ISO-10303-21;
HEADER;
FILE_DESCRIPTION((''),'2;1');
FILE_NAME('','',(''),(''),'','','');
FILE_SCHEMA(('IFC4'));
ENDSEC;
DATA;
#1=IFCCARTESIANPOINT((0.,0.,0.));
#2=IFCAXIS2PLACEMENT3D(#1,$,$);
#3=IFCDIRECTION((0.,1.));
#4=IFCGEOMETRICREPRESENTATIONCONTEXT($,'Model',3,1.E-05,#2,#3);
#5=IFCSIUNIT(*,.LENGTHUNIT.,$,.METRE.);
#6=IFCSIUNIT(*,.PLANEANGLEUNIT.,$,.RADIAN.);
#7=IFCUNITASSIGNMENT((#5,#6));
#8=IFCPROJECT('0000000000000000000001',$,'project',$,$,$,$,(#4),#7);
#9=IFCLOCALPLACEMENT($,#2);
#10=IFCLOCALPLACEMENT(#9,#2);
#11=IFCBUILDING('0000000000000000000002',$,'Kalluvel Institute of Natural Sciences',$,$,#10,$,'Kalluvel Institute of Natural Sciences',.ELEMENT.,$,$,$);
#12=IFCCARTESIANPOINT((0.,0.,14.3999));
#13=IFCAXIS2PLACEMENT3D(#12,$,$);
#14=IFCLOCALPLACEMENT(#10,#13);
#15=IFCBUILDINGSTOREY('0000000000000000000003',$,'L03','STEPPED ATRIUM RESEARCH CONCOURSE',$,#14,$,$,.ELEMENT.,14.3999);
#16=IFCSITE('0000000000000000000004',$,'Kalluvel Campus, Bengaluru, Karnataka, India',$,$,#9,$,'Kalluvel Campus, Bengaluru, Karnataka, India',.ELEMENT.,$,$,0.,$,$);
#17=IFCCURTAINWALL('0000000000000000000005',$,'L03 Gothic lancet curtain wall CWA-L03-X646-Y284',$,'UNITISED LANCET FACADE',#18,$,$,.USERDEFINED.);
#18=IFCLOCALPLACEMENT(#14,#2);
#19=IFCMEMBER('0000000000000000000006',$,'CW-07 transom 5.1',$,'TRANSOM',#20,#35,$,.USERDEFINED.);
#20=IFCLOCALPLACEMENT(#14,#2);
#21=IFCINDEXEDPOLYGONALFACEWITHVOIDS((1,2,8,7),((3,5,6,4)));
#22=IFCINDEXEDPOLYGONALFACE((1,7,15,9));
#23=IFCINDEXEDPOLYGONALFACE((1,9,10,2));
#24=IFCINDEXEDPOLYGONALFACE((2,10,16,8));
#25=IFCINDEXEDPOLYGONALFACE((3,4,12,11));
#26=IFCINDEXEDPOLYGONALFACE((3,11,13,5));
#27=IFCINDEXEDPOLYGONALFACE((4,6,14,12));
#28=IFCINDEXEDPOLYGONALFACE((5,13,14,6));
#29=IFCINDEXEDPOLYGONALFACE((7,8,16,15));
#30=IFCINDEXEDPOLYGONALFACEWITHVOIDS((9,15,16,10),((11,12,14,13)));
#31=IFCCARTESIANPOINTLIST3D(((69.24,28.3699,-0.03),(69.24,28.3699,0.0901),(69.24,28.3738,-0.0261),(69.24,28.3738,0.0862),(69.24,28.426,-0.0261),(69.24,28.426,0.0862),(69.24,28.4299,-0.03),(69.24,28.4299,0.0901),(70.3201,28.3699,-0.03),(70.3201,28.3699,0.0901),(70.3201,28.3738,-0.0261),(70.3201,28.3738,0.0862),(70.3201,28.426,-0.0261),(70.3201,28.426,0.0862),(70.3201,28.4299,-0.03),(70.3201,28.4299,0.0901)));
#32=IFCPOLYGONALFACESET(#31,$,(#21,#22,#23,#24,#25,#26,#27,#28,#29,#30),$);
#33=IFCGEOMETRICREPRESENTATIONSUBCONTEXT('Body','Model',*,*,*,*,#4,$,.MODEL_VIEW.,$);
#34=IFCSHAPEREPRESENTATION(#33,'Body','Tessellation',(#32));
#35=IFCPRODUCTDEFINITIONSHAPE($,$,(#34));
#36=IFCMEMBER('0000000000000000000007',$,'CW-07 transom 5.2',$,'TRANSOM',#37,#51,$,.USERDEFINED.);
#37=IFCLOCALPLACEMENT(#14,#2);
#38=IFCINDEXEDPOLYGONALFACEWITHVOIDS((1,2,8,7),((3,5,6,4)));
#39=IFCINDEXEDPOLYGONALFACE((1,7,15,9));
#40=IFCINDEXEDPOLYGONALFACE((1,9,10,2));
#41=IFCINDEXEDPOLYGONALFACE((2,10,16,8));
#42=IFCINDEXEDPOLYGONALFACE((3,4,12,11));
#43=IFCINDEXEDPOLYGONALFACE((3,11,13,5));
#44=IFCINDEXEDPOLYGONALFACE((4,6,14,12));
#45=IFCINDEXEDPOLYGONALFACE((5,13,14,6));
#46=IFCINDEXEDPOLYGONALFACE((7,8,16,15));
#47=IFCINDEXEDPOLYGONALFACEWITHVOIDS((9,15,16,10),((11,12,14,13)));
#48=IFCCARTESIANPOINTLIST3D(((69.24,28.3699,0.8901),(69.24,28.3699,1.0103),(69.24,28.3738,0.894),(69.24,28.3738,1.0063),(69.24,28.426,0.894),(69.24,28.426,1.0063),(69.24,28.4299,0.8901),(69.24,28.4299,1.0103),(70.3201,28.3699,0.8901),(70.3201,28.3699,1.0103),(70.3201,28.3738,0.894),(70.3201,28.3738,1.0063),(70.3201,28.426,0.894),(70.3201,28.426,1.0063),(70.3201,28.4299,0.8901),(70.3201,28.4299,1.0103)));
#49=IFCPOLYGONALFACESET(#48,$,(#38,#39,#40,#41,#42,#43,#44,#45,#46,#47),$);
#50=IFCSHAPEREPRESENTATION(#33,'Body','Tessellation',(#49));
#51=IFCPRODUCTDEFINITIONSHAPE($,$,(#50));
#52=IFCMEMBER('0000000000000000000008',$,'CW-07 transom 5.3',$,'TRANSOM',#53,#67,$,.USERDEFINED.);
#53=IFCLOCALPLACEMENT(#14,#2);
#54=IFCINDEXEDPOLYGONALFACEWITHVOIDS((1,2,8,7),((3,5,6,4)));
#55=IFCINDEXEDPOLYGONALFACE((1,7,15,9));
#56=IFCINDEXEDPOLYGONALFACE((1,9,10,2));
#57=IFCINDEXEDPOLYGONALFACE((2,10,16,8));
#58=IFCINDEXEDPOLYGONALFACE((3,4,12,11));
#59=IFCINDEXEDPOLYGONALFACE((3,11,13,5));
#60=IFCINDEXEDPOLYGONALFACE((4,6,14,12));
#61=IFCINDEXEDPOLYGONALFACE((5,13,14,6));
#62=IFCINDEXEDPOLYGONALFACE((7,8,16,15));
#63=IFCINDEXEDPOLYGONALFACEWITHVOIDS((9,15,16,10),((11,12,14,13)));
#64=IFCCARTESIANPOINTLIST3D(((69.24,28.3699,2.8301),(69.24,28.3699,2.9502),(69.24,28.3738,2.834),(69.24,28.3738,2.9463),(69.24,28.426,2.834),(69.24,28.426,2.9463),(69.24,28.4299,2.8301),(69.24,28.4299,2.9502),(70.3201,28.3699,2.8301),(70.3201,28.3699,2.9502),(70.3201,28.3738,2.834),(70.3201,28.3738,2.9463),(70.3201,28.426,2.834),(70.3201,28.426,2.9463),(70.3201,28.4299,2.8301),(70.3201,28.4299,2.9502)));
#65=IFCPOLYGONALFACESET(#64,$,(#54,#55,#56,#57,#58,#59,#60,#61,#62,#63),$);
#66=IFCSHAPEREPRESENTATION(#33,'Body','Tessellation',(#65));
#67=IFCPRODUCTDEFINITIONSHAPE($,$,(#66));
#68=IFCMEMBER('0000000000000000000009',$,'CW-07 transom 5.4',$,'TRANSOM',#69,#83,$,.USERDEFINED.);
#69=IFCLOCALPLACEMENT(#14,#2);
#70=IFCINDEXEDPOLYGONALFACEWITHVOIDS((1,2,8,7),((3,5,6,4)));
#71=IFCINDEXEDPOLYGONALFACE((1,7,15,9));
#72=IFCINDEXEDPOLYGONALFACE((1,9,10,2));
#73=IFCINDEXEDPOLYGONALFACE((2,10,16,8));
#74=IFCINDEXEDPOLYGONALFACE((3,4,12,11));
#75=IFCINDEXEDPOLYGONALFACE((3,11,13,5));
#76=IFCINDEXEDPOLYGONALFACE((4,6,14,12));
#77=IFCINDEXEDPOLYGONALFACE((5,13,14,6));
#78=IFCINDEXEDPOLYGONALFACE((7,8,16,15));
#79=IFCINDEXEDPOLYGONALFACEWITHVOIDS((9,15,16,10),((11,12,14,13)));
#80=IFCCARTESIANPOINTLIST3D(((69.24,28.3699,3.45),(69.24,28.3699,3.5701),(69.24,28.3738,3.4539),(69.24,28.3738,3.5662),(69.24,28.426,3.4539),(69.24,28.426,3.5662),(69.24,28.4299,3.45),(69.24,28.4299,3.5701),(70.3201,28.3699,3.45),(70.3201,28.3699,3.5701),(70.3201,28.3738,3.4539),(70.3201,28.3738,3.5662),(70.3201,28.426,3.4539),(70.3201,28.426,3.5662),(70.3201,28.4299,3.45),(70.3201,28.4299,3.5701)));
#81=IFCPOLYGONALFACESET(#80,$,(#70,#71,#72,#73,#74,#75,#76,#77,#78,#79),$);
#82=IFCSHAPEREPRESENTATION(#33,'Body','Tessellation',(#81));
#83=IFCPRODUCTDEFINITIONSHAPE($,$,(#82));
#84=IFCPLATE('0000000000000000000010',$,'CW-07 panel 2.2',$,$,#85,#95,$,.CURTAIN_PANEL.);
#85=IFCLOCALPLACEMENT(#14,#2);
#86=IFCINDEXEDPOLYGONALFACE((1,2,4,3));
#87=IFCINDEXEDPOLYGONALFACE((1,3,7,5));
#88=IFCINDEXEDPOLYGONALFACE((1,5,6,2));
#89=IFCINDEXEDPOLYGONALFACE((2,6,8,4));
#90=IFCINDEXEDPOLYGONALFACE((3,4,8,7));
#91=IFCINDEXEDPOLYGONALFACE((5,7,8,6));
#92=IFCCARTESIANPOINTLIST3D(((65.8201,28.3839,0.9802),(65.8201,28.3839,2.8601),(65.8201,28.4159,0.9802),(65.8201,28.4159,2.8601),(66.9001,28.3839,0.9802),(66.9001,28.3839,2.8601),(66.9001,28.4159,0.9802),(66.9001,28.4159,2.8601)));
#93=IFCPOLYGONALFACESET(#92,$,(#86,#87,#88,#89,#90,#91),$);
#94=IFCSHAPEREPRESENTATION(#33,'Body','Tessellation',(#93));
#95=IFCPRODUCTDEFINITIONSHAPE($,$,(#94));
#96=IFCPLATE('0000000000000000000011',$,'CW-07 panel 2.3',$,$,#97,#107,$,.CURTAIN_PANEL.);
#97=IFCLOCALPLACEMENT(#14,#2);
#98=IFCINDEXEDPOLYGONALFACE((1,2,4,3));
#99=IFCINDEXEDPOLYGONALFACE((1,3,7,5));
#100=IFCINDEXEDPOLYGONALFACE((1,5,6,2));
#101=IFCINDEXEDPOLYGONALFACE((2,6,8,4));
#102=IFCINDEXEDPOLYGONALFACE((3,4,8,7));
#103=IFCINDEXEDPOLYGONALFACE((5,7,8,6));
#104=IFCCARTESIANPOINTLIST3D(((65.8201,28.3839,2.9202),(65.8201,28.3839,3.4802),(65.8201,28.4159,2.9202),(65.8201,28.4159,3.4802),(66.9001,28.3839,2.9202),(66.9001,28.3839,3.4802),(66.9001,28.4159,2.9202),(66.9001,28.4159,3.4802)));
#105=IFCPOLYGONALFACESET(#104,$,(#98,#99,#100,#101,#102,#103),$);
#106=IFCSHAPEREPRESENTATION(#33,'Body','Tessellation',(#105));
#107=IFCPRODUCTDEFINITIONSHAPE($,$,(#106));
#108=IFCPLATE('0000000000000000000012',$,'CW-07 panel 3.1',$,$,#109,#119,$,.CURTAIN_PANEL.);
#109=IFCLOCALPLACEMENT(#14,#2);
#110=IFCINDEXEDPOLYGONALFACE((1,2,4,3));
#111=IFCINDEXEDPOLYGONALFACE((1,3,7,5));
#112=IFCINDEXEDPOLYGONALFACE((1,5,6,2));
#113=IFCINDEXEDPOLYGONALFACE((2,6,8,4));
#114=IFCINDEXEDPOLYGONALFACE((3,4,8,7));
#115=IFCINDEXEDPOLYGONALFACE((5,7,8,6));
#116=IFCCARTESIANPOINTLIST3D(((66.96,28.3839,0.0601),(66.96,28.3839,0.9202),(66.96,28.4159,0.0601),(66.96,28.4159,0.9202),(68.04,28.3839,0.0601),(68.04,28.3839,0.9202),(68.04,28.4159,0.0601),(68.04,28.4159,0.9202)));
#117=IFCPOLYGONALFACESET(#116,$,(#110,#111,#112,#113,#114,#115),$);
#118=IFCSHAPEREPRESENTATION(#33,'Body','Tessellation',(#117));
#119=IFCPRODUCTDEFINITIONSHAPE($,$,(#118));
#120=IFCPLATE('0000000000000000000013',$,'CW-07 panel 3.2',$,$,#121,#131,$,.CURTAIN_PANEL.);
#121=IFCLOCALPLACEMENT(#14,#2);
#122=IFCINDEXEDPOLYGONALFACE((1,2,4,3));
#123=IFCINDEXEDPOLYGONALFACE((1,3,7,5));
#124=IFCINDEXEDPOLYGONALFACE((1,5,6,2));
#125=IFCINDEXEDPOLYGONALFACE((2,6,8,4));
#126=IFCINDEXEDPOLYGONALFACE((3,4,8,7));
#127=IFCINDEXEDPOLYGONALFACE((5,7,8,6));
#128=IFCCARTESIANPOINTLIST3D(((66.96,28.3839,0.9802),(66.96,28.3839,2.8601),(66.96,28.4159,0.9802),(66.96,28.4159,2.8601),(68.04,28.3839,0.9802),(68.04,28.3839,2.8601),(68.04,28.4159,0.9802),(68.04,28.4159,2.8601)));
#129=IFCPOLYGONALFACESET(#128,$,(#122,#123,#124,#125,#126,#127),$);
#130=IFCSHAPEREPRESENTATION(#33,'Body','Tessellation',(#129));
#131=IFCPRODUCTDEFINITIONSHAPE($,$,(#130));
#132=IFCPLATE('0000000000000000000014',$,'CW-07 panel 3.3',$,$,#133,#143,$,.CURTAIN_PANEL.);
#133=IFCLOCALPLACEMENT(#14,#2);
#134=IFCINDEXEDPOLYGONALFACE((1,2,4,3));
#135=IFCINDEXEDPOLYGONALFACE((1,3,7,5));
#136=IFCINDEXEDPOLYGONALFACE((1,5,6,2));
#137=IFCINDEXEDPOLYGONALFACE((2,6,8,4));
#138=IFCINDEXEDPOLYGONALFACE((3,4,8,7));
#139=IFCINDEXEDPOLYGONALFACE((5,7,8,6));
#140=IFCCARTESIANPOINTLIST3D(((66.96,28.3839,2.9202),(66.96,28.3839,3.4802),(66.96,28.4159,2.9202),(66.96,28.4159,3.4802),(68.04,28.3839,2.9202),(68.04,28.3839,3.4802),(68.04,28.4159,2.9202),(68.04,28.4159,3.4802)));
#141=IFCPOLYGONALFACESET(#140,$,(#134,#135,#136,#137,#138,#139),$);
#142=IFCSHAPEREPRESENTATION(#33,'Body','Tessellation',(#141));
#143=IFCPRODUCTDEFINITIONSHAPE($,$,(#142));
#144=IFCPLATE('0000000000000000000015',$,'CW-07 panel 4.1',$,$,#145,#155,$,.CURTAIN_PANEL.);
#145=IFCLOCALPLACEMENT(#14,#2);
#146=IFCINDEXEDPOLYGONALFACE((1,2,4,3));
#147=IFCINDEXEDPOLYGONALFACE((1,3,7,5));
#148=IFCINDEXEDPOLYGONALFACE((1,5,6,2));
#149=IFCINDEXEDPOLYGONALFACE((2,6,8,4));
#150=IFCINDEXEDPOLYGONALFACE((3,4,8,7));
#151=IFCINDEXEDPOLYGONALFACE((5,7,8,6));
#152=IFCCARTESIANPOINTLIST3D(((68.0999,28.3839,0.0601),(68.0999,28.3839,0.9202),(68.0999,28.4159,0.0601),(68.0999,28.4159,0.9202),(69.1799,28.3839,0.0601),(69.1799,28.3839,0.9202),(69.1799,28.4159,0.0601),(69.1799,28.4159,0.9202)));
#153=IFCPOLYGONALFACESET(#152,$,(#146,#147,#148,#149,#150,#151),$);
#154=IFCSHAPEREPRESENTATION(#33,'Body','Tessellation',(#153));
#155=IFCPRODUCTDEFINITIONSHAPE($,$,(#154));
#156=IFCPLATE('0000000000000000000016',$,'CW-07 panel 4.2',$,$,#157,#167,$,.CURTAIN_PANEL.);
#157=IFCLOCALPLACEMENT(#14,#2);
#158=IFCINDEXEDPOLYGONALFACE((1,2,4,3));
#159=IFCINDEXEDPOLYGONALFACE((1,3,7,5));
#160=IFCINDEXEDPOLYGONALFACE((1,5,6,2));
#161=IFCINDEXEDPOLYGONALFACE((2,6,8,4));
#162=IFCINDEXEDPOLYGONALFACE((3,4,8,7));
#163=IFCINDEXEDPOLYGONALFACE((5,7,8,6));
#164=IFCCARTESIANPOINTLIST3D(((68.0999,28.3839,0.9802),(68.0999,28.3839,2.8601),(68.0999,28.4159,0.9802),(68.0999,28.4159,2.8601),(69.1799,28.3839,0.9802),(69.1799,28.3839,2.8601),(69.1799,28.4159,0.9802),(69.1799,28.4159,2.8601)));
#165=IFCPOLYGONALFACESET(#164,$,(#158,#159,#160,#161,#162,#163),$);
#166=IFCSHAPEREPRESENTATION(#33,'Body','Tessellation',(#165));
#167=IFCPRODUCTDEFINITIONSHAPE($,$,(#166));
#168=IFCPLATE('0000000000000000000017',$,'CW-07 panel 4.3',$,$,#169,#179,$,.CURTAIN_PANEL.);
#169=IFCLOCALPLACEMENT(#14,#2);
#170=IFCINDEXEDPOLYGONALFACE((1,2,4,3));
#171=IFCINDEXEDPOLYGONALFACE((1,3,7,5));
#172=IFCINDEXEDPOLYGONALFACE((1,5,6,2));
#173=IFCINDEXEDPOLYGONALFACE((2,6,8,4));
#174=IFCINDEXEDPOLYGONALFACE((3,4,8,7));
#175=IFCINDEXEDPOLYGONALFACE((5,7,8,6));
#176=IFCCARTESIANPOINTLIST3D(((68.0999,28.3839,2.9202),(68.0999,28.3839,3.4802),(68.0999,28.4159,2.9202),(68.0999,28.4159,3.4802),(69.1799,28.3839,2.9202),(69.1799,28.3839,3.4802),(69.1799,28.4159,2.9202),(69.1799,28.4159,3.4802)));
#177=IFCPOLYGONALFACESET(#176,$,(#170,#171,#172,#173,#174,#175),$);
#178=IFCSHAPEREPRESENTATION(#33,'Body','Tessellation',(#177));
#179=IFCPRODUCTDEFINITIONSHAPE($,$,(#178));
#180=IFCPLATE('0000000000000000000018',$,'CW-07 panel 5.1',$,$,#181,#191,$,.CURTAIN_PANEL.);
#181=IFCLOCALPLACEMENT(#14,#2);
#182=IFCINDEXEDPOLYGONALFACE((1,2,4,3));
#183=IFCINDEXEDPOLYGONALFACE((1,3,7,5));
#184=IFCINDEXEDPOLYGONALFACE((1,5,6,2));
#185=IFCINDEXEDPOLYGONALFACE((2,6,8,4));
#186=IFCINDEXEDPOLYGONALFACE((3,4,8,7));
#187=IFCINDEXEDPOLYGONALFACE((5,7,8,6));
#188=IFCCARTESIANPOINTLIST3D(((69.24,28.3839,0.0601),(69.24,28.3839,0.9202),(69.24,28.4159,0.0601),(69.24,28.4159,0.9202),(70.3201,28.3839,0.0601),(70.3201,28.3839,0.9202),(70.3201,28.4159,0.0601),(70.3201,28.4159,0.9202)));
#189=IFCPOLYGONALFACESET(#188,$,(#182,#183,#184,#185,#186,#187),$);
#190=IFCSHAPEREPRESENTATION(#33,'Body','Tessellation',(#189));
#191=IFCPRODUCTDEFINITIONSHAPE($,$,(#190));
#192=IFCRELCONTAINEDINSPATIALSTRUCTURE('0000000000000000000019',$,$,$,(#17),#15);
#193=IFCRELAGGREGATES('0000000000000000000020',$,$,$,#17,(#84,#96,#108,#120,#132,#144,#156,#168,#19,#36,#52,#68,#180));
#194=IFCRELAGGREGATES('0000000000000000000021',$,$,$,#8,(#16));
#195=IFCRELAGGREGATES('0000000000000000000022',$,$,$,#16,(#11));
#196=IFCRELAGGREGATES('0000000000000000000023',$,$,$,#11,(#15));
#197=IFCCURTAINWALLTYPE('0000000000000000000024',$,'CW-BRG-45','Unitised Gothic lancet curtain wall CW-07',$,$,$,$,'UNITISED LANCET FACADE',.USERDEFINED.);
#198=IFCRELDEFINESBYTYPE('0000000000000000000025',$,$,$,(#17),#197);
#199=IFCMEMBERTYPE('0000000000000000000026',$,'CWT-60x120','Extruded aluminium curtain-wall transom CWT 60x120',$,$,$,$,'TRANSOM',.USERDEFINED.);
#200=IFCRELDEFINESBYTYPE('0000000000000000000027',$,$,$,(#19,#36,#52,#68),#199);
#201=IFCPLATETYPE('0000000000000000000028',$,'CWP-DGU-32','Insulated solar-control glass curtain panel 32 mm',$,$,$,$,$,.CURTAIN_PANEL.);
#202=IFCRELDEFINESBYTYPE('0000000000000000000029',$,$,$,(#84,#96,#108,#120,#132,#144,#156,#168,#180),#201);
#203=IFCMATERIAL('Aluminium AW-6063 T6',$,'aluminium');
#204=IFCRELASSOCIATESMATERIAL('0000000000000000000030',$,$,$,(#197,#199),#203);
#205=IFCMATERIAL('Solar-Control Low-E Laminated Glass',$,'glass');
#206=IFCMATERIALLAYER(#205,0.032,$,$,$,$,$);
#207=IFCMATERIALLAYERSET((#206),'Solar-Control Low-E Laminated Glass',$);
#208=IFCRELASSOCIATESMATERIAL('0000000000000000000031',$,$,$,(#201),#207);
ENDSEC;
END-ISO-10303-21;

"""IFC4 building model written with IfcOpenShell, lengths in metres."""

from ifc_helpers import new_model, si_unit, direction, frame, origin, origin_2d, place, context, subcontext, project, spatial, rectangle, hollow_rectangle, extrude, material, layer, layer_set, material_profile, profile_set, type_object, element, aggregate, save


model = new_model("IFC4")

# Units and contexts
model_context = context("Model", 3, precision=1e-05, world=origin(), true_north=direction((0.0, 1.0)))
body_context = subcontext(model_context, "Body", "Model", "MODEL_VIEW")
ifc_project = project(units=[si_unit("LENGTHUNIT", "METRE"), si_unit("PLANEANGLEUNIT", "RADIAN")], contexts=[model_context])

# Site, building, storey
site_placement = place(None, origin())
site = spatial("IfcSite", under=ifc_project, at=site_placement, Name="Kalluvel Campus, Bengaluru, Karnataka, India", LongName="Kalluvel Campus, Bengaluru, Karnataka, India", CompositionType="ELEMENT", RefElevation=0.0)
building_placement = place(site_placement, origin())
building = spatial("IfcBuilding", under=site, at=building_placement, Name="Kalluvel Institute of Natural Sciences", LongName="Kalluvel Institute of Natural Sciences", CompositionType="ELEMENT")
storey_placement = place(building_placement, frame((0.0, 0.0, 14.3999)))
storey = spatial("IfcBuildingStorey", under=building, at=storey_placement, Name="L03", Description="STEPPED ATRIUM RESEARCH CONCOURSE", CompositionType="ELEMENT", Elevation=14.3999)

# Curtain wall, members, plates
ifc_material_1 = material(Name="Aluminium AW-6063 T6", Category="aluminium")
curtain_wall_type = type_object("IfcCurtainWallType", Name="CW-BRG-45", Description="Unitised Gothic lancet curtain wall CW-07", ElementType="UNITISED LANCET FACADE", PredefinedType="USERDEFINED", material=ifc_material_1)
curtain_wall_placement = place(storey_placement, origin())
curtain_wall = element("IfcCurtainWall", 1, at=curtain_wall_placement, inside=storey, type_object=curtain_wall_type, Name="L03 Gothic lancet curtain wall CWA-L03-X646-Y284", ObjectType="UNITISED LANCET FACADE", PredefinedType="USERDEFINED")
ifc_material_profile_1 = material_profile(ifc_material_1, hollow_rectangle(XDim=0.0601, YDim=0.1201, WallThickness=0.0039, at=origin_2d()), Name="CWT 60x120")
ifc_profile_set_1 = profile_set([ifc_material_profile_1], Name="Aluminium AW-6063 T6")
member_type_1 = type_object("IfcMemberType", Name="CWT-60x120", Description="Extruded aluminium curtain-wall transom CWT 60x120", ElementType="TRANSOM", PredefinedType="USERDEFINED", material=ifc_profile_set_1)
member_1_placement = place(storey_placement, frame((69.24, 28.3999, 0.03), z_axis=(1.0, 0.0, 0.0), x_axis=(0.0, 1.0, 0.0)))
member_1 = element("IfcMember", 2, at=member_1_placement, type_object=member_type_1, Name="CW-07 transom 5.1", ObjectType="TRANSOM", PredefinedType="USERDEFINED", context=body_context, shape_type="SweptSolid", body=[
    extrude(hollow_rectangle(XDim=0.0601, YDim=0.1201, WallThickness=0.0039, at=origin_2d()), origin(), (0.0, 0.0, 1.0), 1.0801),
])
member_2_placement = place(storey_placement, frame((69.24, 28.3999, 0.9502), z_axis=(1.0, 0.0, 0.0), x_axis=(0.0, 1.0, 0.0)))
member_2 = element("IfcMember", 3, at=member_2_placement, type_object=member_type_1, Name="CW-07 transom 5.2", ObjectType="TRANSOM", PredefinedType="USERDEFINED", context=body_context, shape_type="SweptSolid", body=[
    extrude(hollow_rectangle(XDim=0.0601, YDim=0.1201, WallThickness=0.0039, at=origin_2d()), origin(), (0.0, 0.0, 1.0), 1.0801),
])
member_3_placement = place(storey_placement, frame((69.24, 28.3999, 2.8901), z_axis=(1.0, 0.0, 0.0), x_axis=(0.0, 1.0, 0.0)))
member_3 = element("IfcMember", 4, at=member_3_placement, type_object=member_type_1, Name="CW-07 transom 5.3", ObjectType="TRANSOM", PredefinedType="USERDEFINED", context=body_context, shape_type="SweptSolid", body=[
    extrude(hollow_rectangle(XDim=0.0601, YDim=0.1201, WallThickness=0.0039, at=origin_2d()), origin(), (0.0, 0.0, 1.0), 1.0801),
])
member_4_placement = place(storey_placement, frame((69.24, 28.3999, 3.51), z_axis=(1.0, 0.0, 0.0), x_axis=(0.0, 1.0, 0.0)))
member_4 = element("IfcMember", 5, at=member_4_placement, type_object=member_type_1, Name="CW-07 transom 5.4", ObjectType="TRANSOM", PredefinedType="USERDEFINED", context=body_context, shape_type="SweptSolid", body=[
    extrude(hollow_rectangle(XDim=0.0601, YDim=0.1201, WallThickness=0.0039, at=origin_2d()), origin(), (0.0, 0.0, 1.0), 1.0801),
])
ifc_material_2 = material(Name="Solar-Control Low-E Laminated Glass", Category="glass")
ifc_layer = layer(ifc_material_2, 0.032)
ifc_layer_set = layer_set([ifc_layer], Name="Solar-Control Low-E Laminated Glass")
plate_type = type_object("IfcPlateType", Name="CWP-DGU-32", Description="Insulated solar-control glass curtain panel 32 mm", PredefinedType="CURTAIN_PANEL", material=ifc_layer_set)
plate_1_placement = place(storey_placement, frame((66.3601, 28.3999, 0.9802), z_axis=(0.0, 0.0, 1.0), x_axis=(1.0, 0.0, 0.0)))
plate_1 = element("IfcPlate", 6, at=plate_1_placement, type_object=plate_type, Name="CW-07 panel 2.2", PredefinedType="CURTAIN_PANEL", context=body_context, shape_type="SweptSolid", body=[
    extrude(rectangle(XDim=1.0801, YDim=0.032, at=origin_2d()), origin(), (0.0, 0.0, 1.0), 1.8799),
])
plate_2_placement = place(storey_placement, frame((66.3601, 28.3999, 2.9202), z_axis=(0.0, 0.0, 1.0), x_axis=(1.0, 0.0, 0.0)))
plate_2 = element("IfcPlate", 7, at=plate_2_placement, type_object=plate_type, Name="CW-07 panel 2.3", PredefinedType="CURTAIN_PANEL", context=body_context, shape_type="SweptSolid", body=[
    extrude(rectangle(XDim=1.0801, YDim=0.032, at=origin_2d()), origin(), (0.0, 0.0, 1.0), 0.5601),
])
plate_3_placement = place(storey_placement, frame((67.5, 28.3999, 0.0601), z_axis=(0.0, 0.0, 1.0), x_axis=(1.0, 0.0, 0.0)))
plate_3 = element("IfcPlate", 8, at=plate_3_placement, type_object=plate_type, Name="CW-07 panel 3.1", PredefinedType="CURTAIN_PANEL", context=body_context, shape_type="SweptSolid", body=[
    extrude(rectangle(XDim=1.0801, YDim=0.032, at=origin_2d()), origin(), (0.0, 0.0, 1.0), 0.8601),
])
plate_4_placement = place(storey_placement, frame((67.5, 28.3999, 0.9802), z_axis=(0.0, 0.0, 1.0), x_axis=(1.0, 0.0, 0.0)))
plate_4 = element("IfcPlate", 9, at=plate_4_placement, type_object=plate_type, Name="CW-07 panel 3.2", PredefinedType="CURTAIN_PANEL", context=body_context, shape_type="SweptSolid", body=[
    extrude(rectangle(XDim=1.0801, YDim=0.032, at=origin_2d()), origin(), (0.0, 0.0, 1.0), 1.8799),
])
plate_5_placement = place(storey_placement, frame((67.5, 28.3999, 2.9202), z_axis=(0.0, 0.0, 1.0), x_axis=(1.0, 0.0, 0.0)))
plate_5 = element("IfcPlate", 10, at=plate_5_placement, type_object=plate_type, Name="CW-07 panel 3.3", PredefinedType="CURTAIN_PANEL", context=body_context, shape_type="SweptSolid", body=[
    extrude(rectangle(XDim=1.0801, YDim=0.032, at=origin_2d()), origin(), (0.0, 0.0, 1.0), 0.5601),
])
plate_6_placement = place(storey_placement, frame((68.6399, 28.3999, 0.0601), z_axis=(0.0, 0.0, 1.0), x_axis=(1.0, 0.0, 0.0)))
plate_6 = element("IfcPlate", 11, at=plate_6_placement, type_object=plate_type, Name="CW-07 panel 4.1", PredefinedType="CURTAIN_PANEL", context=body_context, shape_type="SweptSolid", body=[
    extrude(rectangle(XDim=1.0801, YDim=0.032, at=origin_2d()), origin(), (0.0, 0.0, 1.0), 0.8601),
])
plate_7_placement = place(storey_placement, frame((68.6399, 28.3999, 0.9802), z_axis=(0.0, 0.0, 1.0), x_axis=(1.0, 0.0, 0.0)))
plate_7 = element("IfcPlate", 12, at=plate_7_placement, type_object=plate_type, Name="CW-07 panel 4.2", PredefinedType="CURTAIN_PANEL", context=body_context, shape_type="SweptSolid", body=[
    extrude(rectangle(XDim=1.0801, YDim=0.032, at=origin_2d()), origin(), (0.0, 0.0, 1.0), 1.8799),
])
plate_8_placement = place(storey_placement, frame((68.6399, 28.3999, 2.9202), z_axis=(0.0, 0.0, 1.0), x_axis=(1.0, 0.0, 0.0)))
plate_8 = element("IfcPlate", 13, at=plate_8_placement, type_object=plate_type, Name="CW-07 panel 4.3", PredefinedType="CURTAIN_PANEL", context=body_context, shape_type="SweptSolid", body=[
    extrude(rectangle(XDim=1.0801, YDim=0.032, at=origin_2d()), origin(), (0.0, 0.0, 1.0), 0.5601),
])
plate_9_placement = place(storey_placement, frame((69.78, 28.3999, 0.0601), z_axis=(0.0, 0.0, 1.0), x_axis=(1.0, 0.0, 0.0)))
plate_9 = element("IfcPlate", 14, at=plate_9_placement, type_object=plate_type, Name="CW-07 panel 5.1", PredefinedType="CURTAIN_PANEL", context=body_context, shape_type="SweptSolid", body=[
    extrude(rectangle(XDim=1.0801, YDim=0.032, at=origin_2d()), origin(), (0.0, 0.0, 1.0), 0.8601),
])
aggregate(curtain_wall, [plate_1, plate_2, plate_3, plate_4, plate_5, plate_6, plate_7, plate_8, member_1, member_2, member_3, member_4, plate_9])

save(model, "model.ifc")
